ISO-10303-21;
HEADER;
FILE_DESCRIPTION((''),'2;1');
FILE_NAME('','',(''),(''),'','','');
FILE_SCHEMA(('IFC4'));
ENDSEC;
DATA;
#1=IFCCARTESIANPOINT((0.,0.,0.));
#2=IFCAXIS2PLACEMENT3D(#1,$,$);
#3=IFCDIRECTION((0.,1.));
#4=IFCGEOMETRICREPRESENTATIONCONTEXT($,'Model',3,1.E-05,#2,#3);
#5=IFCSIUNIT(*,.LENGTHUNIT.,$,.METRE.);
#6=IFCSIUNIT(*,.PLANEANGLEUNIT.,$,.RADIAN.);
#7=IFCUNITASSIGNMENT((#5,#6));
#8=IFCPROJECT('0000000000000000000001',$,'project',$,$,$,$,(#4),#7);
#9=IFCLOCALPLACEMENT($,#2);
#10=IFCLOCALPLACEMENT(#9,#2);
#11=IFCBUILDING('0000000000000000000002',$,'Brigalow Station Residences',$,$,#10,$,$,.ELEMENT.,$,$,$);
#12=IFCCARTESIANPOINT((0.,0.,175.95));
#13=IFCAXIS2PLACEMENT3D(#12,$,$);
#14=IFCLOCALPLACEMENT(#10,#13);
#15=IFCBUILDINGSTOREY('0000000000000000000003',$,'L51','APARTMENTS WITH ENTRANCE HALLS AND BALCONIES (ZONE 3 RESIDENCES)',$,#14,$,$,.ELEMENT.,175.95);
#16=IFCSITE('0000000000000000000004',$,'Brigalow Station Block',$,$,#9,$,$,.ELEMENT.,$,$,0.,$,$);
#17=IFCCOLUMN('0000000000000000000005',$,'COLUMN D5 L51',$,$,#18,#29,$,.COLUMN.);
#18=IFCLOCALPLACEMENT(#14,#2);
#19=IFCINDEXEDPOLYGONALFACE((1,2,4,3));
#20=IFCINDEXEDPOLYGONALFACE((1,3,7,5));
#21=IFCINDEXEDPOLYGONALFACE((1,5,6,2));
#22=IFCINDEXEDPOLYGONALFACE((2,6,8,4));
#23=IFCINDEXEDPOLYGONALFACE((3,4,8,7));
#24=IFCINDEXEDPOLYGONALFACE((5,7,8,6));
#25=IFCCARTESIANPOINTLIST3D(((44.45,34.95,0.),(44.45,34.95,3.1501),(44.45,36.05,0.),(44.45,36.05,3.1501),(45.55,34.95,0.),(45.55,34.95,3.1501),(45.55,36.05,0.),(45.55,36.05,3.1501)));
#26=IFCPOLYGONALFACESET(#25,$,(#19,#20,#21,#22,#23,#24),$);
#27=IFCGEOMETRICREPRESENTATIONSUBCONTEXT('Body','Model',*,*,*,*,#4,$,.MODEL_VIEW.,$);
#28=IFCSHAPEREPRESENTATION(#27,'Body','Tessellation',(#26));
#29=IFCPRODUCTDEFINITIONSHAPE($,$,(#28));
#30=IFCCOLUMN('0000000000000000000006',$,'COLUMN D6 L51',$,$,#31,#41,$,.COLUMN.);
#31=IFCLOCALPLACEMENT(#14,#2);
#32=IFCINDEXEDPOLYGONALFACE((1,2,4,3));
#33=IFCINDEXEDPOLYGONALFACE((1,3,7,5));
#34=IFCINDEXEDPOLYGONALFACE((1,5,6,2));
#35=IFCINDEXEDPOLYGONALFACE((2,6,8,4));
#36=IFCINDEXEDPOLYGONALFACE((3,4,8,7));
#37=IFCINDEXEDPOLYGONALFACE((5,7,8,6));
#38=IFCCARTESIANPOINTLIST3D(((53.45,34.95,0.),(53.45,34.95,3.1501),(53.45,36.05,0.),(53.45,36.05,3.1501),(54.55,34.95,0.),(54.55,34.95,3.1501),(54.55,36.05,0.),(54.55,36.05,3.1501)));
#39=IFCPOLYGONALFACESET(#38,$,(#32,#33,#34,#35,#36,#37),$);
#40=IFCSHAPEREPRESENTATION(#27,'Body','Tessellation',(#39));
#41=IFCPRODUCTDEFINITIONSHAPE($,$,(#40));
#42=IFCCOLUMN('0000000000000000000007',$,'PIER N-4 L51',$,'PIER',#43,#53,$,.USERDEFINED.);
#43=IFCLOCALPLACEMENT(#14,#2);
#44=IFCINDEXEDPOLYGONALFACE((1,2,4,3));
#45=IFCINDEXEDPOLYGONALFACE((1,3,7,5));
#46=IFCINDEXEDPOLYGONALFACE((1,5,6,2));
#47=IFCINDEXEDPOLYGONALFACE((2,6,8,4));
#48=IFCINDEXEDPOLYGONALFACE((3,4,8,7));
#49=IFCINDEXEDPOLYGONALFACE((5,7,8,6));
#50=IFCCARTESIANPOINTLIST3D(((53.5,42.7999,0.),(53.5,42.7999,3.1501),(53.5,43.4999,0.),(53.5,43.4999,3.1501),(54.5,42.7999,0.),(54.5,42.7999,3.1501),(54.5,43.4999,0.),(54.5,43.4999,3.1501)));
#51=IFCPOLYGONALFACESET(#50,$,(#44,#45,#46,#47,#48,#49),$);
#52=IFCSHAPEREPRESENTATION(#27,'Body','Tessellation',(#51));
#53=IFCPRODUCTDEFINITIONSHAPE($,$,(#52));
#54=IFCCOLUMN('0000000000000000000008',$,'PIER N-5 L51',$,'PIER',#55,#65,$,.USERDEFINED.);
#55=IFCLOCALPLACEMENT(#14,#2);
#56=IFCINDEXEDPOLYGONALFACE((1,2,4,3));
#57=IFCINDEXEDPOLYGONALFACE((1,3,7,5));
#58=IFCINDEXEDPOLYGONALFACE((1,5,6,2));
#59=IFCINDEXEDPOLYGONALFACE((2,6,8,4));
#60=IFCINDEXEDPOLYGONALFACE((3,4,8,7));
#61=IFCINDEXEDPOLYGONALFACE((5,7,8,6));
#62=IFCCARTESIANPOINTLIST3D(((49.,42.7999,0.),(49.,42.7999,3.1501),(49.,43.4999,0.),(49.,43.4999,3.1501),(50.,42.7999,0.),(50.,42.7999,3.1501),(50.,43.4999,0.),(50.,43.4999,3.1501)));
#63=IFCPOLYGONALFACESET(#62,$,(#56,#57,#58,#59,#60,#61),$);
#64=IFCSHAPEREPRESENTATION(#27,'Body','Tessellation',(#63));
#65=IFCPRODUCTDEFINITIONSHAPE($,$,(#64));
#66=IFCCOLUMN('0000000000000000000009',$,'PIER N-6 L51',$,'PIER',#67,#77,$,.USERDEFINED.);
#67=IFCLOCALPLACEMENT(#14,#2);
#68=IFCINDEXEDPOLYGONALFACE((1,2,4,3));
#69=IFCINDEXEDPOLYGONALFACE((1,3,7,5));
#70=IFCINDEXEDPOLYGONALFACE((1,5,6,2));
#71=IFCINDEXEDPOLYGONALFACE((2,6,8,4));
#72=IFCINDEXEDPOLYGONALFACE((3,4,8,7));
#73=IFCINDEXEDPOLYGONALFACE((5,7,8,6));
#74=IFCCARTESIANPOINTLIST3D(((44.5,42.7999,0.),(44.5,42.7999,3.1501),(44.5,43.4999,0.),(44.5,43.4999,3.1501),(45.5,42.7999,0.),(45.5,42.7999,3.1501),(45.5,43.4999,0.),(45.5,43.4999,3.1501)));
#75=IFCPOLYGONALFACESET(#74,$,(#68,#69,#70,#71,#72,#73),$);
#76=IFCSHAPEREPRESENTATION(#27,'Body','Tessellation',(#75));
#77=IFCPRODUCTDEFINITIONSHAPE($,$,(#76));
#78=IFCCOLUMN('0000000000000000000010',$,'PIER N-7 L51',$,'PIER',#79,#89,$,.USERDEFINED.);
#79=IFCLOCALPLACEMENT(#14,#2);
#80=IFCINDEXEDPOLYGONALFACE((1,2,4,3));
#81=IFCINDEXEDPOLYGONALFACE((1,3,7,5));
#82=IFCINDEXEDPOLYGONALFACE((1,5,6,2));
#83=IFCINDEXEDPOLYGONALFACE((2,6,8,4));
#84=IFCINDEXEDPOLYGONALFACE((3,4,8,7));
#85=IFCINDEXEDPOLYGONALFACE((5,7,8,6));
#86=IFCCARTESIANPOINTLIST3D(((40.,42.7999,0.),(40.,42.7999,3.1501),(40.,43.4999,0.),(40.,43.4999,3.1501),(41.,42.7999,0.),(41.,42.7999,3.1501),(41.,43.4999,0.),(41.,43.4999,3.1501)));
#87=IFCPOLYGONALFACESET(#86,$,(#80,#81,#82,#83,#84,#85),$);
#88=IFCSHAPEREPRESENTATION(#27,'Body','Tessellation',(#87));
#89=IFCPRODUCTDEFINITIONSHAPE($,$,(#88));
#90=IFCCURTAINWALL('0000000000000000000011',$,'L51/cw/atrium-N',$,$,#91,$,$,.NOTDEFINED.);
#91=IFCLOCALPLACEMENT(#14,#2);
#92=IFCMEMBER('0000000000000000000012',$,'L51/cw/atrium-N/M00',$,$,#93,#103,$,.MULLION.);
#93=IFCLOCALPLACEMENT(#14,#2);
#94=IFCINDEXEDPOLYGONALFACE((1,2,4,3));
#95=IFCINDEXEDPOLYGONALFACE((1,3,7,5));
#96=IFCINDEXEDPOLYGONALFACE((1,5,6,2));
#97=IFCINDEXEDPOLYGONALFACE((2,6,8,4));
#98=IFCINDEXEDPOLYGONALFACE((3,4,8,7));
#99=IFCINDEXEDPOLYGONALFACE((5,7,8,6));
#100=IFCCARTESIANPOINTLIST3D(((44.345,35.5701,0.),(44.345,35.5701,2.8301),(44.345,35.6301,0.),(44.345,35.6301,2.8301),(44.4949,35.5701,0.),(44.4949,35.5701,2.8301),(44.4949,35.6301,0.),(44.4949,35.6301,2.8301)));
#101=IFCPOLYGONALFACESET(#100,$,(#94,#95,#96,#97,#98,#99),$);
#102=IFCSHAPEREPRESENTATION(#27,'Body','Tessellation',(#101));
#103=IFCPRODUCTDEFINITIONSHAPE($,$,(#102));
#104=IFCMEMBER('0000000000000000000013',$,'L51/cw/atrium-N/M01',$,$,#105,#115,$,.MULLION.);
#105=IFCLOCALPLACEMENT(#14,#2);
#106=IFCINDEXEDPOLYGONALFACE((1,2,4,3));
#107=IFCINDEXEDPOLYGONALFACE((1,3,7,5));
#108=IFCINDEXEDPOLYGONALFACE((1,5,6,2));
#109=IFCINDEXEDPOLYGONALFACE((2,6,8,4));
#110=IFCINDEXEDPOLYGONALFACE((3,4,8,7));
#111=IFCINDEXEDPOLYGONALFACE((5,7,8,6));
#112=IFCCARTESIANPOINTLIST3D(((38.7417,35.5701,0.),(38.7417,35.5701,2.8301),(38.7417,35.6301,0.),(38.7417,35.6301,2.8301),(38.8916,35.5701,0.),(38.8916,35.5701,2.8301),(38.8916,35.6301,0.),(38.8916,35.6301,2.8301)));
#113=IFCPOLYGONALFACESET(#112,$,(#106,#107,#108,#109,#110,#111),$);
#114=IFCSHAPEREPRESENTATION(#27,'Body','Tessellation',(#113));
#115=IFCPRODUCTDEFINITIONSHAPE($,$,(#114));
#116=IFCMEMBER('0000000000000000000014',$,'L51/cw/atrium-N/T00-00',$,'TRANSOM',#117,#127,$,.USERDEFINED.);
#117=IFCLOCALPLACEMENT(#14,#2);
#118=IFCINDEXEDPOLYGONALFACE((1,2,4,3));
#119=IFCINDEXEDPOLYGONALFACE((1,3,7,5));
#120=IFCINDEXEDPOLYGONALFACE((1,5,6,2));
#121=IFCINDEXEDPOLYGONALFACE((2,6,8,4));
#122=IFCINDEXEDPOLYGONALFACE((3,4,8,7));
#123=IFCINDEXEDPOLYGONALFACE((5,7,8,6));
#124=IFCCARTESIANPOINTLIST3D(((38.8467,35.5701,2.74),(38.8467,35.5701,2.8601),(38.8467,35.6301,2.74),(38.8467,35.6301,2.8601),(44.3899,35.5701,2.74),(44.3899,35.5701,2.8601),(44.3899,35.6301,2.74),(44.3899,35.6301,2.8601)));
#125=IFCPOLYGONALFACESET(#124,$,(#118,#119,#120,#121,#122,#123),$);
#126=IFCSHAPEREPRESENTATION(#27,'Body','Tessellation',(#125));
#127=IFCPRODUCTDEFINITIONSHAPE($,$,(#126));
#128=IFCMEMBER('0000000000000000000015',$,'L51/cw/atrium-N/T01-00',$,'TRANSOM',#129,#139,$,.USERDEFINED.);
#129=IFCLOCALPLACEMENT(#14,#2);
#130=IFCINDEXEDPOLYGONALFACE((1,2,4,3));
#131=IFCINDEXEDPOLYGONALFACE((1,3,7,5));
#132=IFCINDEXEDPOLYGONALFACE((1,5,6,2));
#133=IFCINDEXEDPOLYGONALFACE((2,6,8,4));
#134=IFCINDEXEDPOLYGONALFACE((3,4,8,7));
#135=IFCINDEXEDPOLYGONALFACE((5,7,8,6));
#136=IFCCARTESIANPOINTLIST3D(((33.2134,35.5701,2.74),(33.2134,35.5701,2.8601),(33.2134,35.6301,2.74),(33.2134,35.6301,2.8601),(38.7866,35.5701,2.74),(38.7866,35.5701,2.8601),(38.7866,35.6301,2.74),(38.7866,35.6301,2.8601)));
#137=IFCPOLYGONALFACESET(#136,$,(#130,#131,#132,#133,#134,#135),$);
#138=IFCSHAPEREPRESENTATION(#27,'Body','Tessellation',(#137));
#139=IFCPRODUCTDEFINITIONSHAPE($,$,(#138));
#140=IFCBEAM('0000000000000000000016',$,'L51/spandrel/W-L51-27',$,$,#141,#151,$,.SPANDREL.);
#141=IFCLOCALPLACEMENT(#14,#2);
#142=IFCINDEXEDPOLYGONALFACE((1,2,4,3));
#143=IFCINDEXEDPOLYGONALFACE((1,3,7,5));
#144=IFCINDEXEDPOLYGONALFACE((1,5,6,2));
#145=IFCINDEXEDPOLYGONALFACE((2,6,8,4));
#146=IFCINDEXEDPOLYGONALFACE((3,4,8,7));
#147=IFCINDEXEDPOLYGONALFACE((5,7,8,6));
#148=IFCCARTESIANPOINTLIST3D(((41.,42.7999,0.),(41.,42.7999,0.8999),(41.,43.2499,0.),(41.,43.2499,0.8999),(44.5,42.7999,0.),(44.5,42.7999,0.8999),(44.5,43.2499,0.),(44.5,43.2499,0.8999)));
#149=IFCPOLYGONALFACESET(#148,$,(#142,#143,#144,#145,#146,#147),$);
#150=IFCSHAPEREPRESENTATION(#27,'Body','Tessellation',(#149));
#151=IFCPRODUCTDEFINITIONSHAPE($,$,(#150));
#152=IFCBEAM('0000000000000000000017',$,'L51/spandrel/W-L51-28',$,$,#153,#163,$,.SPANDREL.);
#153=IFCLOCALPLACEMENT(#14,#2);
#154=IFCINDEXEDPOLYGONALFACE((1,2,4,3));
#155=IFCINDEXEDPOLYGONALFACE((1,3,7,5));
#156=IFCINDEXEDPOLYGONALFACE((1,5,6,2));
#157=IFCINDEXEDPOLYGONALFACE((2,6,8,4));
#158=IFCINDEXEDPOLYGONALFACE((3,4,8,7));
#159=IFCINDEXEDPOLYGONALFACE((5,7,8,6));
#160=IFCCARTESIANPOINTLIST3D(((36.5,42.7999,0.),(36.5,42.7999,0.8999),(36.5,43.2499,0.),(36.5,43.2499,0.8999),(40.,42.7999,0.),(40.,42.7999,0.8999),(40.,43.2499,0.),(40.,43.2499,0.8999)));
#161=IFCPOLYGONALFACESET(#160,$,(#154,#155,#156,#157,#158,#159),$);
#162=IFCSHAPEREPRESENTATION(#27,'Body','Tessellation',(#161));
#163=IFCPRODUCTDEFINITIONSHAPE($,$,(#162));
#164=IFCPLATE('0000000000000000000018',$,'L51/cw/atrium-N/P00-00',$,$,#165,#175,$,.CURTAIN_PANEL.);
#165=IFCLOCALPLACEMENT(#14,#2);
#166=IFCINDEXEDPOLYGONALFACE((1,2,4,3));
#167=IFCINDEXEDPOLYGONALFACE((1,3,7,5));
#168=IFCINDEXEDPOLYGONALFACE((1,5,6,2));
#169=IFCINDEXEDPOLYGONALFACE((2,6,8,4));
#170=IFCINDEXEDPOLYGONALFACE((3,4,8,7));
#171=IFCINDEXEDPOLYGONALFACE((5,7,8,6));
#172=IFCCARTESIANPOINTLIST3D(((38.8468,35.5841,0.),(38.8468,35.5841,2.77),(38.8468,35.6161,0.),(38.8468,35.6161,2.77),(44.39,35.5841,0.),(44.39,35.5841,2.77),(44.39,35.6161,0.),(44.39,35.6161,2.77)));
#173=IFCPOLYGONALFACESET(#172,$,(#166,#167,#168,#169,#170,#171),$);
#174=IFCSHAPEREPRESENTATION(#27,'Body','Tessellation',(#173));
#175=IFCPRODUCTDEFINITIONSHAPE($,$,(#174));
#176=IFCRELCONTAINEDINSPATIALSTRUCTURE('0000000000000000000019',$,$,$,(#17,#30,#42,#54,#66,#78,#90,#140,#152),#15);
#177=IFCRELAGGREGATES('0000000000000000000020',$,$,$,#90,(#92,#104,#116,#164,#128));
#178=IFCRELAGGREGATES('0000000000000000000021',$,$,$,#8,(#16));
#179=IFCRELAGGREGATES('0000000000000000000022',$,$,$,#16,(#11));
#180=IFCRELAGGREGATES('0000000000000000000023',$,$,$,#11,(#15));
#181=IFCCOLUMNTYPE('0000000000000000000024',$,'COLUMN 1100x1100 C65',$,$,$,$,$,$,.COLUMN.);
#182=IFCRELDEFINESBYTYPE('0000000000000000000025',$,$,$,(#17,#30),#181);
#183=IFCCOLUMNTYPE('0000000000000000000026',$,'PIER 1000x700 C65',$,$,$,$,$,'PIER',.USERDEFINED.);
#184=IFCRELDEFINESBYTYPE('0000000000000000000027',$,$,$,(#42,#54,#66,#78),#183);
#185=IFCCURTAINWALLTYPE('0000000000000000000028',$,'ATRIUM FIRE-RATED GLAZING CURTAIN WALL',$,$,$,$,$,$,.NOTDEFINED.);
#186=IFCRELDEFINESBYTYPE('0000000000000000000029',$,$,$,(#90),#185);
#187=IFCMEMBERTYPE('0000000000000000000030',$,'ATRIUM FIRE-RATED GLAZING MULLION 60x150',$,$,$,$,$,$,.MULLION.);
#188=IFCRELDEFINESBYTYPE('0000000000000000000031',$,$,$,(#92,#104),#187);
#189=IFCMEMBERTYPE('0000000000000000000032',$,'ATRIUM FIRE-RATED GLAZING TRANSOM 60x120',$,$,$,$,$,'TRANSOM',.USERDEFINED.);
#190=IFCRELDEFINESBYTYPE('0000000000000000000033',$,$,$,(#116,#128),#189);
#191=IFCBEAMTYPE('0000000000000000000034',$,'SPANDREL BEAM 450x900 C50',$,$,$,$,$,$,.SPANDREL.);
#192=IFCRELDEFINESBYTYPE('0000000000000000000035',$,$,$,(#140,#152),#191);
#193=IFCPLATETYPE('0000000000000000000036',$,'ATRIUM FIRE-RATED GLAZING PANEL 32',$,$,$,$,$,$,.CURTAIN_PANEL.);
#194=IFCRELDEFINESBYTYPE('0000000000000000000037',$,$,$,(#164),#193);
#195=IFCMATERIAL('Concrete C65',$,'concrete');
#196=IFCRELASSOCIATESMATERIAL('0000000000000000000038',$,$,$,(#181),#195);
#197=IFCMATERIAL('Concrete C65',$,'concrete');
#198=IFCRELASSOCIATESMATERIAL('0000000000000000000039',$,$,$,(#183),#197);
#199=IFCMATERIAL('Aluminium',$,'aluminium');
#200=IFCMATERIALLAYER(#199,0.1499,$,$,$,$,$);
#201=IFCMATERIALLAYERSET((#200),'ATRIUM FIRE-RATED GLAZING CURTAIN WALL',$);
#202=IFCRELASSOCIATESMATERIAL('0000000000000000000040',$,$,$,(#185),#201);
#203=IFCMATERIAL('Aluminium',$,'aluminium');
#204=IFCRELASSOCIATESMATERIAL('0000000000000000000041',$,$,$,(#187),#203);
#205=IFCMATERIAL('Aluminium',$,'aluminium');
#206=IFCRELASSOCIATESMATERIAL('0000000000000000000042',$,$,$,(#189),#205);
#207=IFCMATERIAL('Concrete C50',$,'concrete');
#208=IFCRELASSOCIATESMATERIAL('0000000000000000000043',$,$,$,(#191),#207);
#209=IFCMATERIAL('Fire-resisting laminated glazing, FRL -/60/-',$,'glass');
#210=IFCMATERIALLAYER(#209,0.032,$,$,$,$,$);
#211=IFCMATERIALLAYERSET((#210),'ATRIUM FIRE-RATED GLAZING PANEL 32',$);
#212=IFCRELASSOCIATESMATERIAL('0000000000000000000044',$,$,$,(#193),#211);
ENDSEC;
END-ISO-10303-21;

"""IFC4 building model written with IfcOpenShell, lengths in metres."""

from ifc_helpers import new_model, si_unit, direction, frame, origin, origin_2d, place, context, subcontext, project, spatial, rectangle, extrude, material, layer, layer_set, material_profile, profile_set, type_object, element, aggregate, save


model = new_model("IFC4")

# Units and contexts
model_context = context("Model", 3, precision=1e-05, world=origin(), true_north=direction((0.0, 1.0)))
body_context = subcontext(model_context, "Body", "Model", "MODEL_VIEW")
ifc_project = project(units=[si_unit("LENGTHUNIT", "METRE"), si_unit("PLANEANGLEUNIT", "RADIAN")], contexts=[model_context])

# Site, building, storey
site_placement = place(None, origin())
site = spatial("IfcSite", under=ifc_project, at=site_placement, Name="Brigalow Station Block", CompositionType="ELEMENT", RefElevation=0.0)
building_placement = place(site_placement, origin())
building = spatial("IfcBuilding", under=site, at=building_placement, Name="Brigalow Station Residences", CompositionType="ELEMENT")
storey_placement = place(building_placement, frame((0.0, 0.0, 175.95)))
storey = spatial("IfcBuildingStorey", under=building, at=storey_placement, Name="L51", Description="APARTMENTS WITH ENTRANCE HALLS AND BALCONIES (ZONE 3 RESIDENCES)", CompositionType="ELEMENT", Elevation=175.95)

# Columns
ifc_material_1 = material(Name="Concrete C65", Category="concrete")
ifc_material_profile_1 = material_profile(ifc_material_1, rectangle(XDim=1.1001, YDim=1.1001, at=origin_2d()), Name="RC1100x1100")
ifc_profile_set_1 = profile_set([ifc_material_profile_1], Name="Concrete C65")
column_type_1 = type_object("IfcColumnType", Name="COLUMN 1100x1100 C65", PredefinedType="COLUMN", material=ifc_profile_set_1)
for number, where, z_axis, x_axis, name in (
    (1, (45.0, 35.5, 0.0), (0.0, 0.0, 1.0), (1.0, 0.0, 0.0), "COLUMN D5 L51"),
    (2, (54.0, 35.5, 0.0), (0.0, 0.0, 1.0), (1.0, 0.0, 0.0), "COLUMN D6 L51"),
):
    element("IfcColumn", number, at=place(storey_placement, frame(where, z_axis=z_axis, x_axis=x_axis)), inside=storey, type_object=column_type_1, Name=name, PredefinedType="COLUMN", context=body_context, shape_type="SweptSolid", body=[
        extrude(rectangle(XDim=1.1001, YDim=1.1001, at=origin_2d()), origin(), (0.0, 0.0, 1.0), 3.1501),
    ])
ifc_material_2 = material(Name="Concrete C65", Category="concrete")
ifc_material_profile_2 = material_profile(ifc_material_2, rectangle(XDim=1.0, YDim=0.7, at=origin_2d()), Name="RC1000x700")
ifc_profile_set_2 = profile_set([ifc_material_profile_2], Name="Concrete C65")
column_type_2 = type_object("IfcColumnType", Name="PIER 1000x700 C65", ElementType="PIER", PredefinedType="USERDEFINED", material=ifc_profile_set_2)
for number, where, z_axis, x_axis, name in (
    (3, (54.0, 43.1499, 0.0), (0.0, 0.0, 1.0), (-1.0, 0.0, 0.0), "PIER N-4 L51"),
    (4, (49.5, 43.1499, 0.0), (0.0, 0.0, 1.0), (-1.0, 0.0, 0.0), "PIER N-5 L51"),
    (5, (45.0, 43.1499, 0.0), (0.0, 0.0, 1.0), (-1.0, 0.0, 0.0), "PIER N-6 L51"),
    (6, (40.5, 43.1499, 0.0), (0.0, 0.0, 1.0), (-1.0, 0.0, 0.0), "PIER N-7 L51"),
):
    element("IfcColumn", number, at=place(storey_placement, frame(where, z_axis=z_axis, x_axis=x_axis)), inside=storey, type_object=column_type_2, Name=name, ObjectType="PIER", PredefinedType="USERDEFINED", context=body_context, shape_type="SweptSolid", body=[
        extrude(rectangle(XDim=1.0, YDim=0.7, at=origin_2d()), origin(), (0.0, 0.0, 1.0), 3.1501),
    ])

# Curtain wall, members
ifc_material_3 = material(Name="Aluminium", Category="aluminium")
ifc_layer_1 = layer(ifc_material_3, 0.1499)
ifc_layer_set_1 = layer_set([ifc_layer_1], Name="ATRIUM FIRE-RATED GLAZING CURTAIN WALL")
curtain_wall_type = type_object("IfcCurtainWallType", Name="ATRIUM FIRE-RATED GLAZING CURTAIN WALL", PredefinedType="NOTDEFINED", material=ifc_layer_set_1)
curtain_wall_placement = place(storey_placement, origin())
curtain_wall = element("IfcCurtainWall", 7, at=curtain_wall_placement, inside=storey, type_object=curtain_wall_type, Name="L51/cw/atrium-N", PredefinedType="NOTDEFINED")
ifc_material_4 = material(Name="Aluminium", Category="aluminium")
ifc_material_profile_3 = material_profile(ifc_material_4, rectangle(XDim=0.0601, YDim=0.1499, at=origin_2d()), Name="ATRIUM FIRE-RATED GLAZING MULLION 60x150")
ifc_profile_set_3 = profile_set([ifc_material_profile_3], Name="Aluminium")
member_type_1 = type_object("IfcMemberType", Name="ATRIUM FIRE-RATED GLAZING MULLION 60x150", PredefinedType="MULLION", material=ifc_profile_set_3)
member_1_placement = place(storey_placement, frame((44.4199, 35.6001, 0.0), z_axis=(0.0, 0.0, 1.0), x_axis=(0.0, -1.0, 0.0)))
member_1 = element("IfcMember", 8, at=member_1_placement, type_object=member_type_1, Name="L51/cw/atrium-N/M00", PredefinedType="MULLION", context=body_context, shape_type="SweptSolid", body=[
    extrude(rectangle(XDim=0.0601, YDim=0.1499, at=origin_2d()), origin(), (0.0, 0.0, 1.0), 2.8301),
])
member_2_placement = place(storey_placement, frame((38.8167, 35.6001, 0.0), z_axis=(0.0, 0.0, 1.0), x_axis=(0.0, -1.0, 0.0)))
member_2 = element("IfcMember", 9, at=member_2_placement, type_object=member_type_1, Name="L51/cw/atrium-N/M01", PredefinedType="MULLION", context=body_context, shape_type="SweptSolid", body=[
    extrude(rectangle(XDim=0.0601, YDim=0.1499, at=origin_2d()), origin(), (0.0, 0.0, 1.0), 2.8301),
])
ifc_material_5 = material(Name="Aluminium", Category="aluminium")
ifc_material_profile_4 = material_profile(ifc_material_5, rectangle(XDim=0.0601, YDim=0.1201, at=origin_2d()), Name="ATRIUM FIRE-RATED GLAZING TRANSOM 60x120")
ifc_profile_set_4 = profile_set([ifc_material_profile_4], Name="Aluminium")
member_type_2 = type_object("IfcMemberType", Name="ATRIUM FIRE-RATED GLAZING TRANSOM 60x120", ElementType="TRANSOM", PredefinedType="USERDEFINED", material=ifc_profile_set_4)
member_3_placement = place(storey_placement, frame((44.3899, 35.6001, 2.8), z_axis=(-1.0, 0.0, 0.0), x_axis=(0.0, -1.0, 0.0)))
member_3 = element("IfcMember", 10, at=member_3_placement, type_object=member_type_2, Name="L51/cw/atrium-N/T00-00", ObjectType="TRANSOM", PredefinedType="USERDEFINED", context=body_context, shape_type="SweptSolid", body=[
    extrude(rectangle(XDim=0.0601, YDim=0.1201, at=origin_2d()), origin(), (0.0, 0.0, 1.0), 5.5432),
])
member_4_placement = place(storey_placement, frame((38.7866, 35.6001, 2.8), z_axis=(-1.0, 0.0, 0.0), x_axis=(0.0, -1.0, 0.0)))
member_4 = element("IfcMember", 11, at=member_4_placement, type_object=member_type_2, Name="L51/cw/atrium-N/T01-00", ObjectType="TRANSOM", PredefinedType="USERDEFINED", context=body_context, shape_type="SweptSolid", body=[
    extrude(rectangle(XDim=0.0601, YDim=0.1201, at=origin_2d()), origin(), (0.0, 0.0, 1.0), 5.5732),
])

# Beams
ifc_material_6 = material(Name="Concrete C50", Category="concrete")
ifc_material_profile_5 = material_profile(ifc_material_6, rectangle(XDim=0.45, YDim=0.8999, at=origin_2d()), Name="RC450x900")
ifc_profile_set_5 = profile_set([ifc_material_profile_5], Name="Concrete C50")
beam_type = type_object("IfcBeamType", Name="SPANDREL BEAM 450x900 C50", PredefinedType="SPANDREL", material=ifc_profile_set_5)
for number, where, z_axis, x_axis, name in (
    (12, (44.5, 43.0249, 0.45), (-1.0, 0.0, 0.0), (0.0, -1.0, 0.0), "L51/spandrel/W-L51-27"),
    (13, (40.0, 43.0249, 0.45), (-1.0, 0.0, 0.0), (0.0, -1.0, 0.0), "L51/spandrel/W-L51-28"),
):
    element("IfcBeam", number, at=place(storey_placement, frame(where, z_axis=z_axis, x_axis=x_axis)), inside=storey, type_object=beam_type, Name=name, PredefinedType="SPANDREL", context=body_context, shape_type="SweptSolid", body=[
        extrude(rectangle(XDim=0.45, YDim=0.8999, at=origin_2d()), origin(), (0.0, 0.0, 1.0), 3.5),
    ])

# Plate
ifc_material_7 = material(Name="Fire-resisting laminated glazing, FRL -/60/-", Category="glass")
ifc_layer_2 = layer(ifc_material_7, 0.032)
ifc_layer_set_2 = layer_set([ifc_layer_2], Name="ATRIUM FIRE-RATED GLAZING PANEL 32")
plate_type = type_object("IfcPlateType", Name="ATRIUM FIRE-RATED GLAZING PANEL 32", PredefinedType="CURTAIN_PANEL", material=ifc_layer_set_2)
plate_placement = place(storey_placement, frame((41.6184, 35.6001, 0.0), z_axis=(0.0, 0.0, 1.0), x_axis=(-1.0, 0.0, 0.0)))
plate = element("IfcPlate", 14, at=plate_placement, type_object=plate_type, Name="L51/cw/atrium-N/P00-00", PredefinedType="CURTAIN_PANEL", context=body_context, shape_type="SweptSolid", body=[
    extrude(rectangle(XDim=5.5432, YDim=0.032, at=origin_2d()), origin(), (0.0, 0.0, 1.0), 2.77),
])
aggregate(curtain_wall, [member_1, member_2, member_3, plate, member_4])

save(model, "model.ifc")
